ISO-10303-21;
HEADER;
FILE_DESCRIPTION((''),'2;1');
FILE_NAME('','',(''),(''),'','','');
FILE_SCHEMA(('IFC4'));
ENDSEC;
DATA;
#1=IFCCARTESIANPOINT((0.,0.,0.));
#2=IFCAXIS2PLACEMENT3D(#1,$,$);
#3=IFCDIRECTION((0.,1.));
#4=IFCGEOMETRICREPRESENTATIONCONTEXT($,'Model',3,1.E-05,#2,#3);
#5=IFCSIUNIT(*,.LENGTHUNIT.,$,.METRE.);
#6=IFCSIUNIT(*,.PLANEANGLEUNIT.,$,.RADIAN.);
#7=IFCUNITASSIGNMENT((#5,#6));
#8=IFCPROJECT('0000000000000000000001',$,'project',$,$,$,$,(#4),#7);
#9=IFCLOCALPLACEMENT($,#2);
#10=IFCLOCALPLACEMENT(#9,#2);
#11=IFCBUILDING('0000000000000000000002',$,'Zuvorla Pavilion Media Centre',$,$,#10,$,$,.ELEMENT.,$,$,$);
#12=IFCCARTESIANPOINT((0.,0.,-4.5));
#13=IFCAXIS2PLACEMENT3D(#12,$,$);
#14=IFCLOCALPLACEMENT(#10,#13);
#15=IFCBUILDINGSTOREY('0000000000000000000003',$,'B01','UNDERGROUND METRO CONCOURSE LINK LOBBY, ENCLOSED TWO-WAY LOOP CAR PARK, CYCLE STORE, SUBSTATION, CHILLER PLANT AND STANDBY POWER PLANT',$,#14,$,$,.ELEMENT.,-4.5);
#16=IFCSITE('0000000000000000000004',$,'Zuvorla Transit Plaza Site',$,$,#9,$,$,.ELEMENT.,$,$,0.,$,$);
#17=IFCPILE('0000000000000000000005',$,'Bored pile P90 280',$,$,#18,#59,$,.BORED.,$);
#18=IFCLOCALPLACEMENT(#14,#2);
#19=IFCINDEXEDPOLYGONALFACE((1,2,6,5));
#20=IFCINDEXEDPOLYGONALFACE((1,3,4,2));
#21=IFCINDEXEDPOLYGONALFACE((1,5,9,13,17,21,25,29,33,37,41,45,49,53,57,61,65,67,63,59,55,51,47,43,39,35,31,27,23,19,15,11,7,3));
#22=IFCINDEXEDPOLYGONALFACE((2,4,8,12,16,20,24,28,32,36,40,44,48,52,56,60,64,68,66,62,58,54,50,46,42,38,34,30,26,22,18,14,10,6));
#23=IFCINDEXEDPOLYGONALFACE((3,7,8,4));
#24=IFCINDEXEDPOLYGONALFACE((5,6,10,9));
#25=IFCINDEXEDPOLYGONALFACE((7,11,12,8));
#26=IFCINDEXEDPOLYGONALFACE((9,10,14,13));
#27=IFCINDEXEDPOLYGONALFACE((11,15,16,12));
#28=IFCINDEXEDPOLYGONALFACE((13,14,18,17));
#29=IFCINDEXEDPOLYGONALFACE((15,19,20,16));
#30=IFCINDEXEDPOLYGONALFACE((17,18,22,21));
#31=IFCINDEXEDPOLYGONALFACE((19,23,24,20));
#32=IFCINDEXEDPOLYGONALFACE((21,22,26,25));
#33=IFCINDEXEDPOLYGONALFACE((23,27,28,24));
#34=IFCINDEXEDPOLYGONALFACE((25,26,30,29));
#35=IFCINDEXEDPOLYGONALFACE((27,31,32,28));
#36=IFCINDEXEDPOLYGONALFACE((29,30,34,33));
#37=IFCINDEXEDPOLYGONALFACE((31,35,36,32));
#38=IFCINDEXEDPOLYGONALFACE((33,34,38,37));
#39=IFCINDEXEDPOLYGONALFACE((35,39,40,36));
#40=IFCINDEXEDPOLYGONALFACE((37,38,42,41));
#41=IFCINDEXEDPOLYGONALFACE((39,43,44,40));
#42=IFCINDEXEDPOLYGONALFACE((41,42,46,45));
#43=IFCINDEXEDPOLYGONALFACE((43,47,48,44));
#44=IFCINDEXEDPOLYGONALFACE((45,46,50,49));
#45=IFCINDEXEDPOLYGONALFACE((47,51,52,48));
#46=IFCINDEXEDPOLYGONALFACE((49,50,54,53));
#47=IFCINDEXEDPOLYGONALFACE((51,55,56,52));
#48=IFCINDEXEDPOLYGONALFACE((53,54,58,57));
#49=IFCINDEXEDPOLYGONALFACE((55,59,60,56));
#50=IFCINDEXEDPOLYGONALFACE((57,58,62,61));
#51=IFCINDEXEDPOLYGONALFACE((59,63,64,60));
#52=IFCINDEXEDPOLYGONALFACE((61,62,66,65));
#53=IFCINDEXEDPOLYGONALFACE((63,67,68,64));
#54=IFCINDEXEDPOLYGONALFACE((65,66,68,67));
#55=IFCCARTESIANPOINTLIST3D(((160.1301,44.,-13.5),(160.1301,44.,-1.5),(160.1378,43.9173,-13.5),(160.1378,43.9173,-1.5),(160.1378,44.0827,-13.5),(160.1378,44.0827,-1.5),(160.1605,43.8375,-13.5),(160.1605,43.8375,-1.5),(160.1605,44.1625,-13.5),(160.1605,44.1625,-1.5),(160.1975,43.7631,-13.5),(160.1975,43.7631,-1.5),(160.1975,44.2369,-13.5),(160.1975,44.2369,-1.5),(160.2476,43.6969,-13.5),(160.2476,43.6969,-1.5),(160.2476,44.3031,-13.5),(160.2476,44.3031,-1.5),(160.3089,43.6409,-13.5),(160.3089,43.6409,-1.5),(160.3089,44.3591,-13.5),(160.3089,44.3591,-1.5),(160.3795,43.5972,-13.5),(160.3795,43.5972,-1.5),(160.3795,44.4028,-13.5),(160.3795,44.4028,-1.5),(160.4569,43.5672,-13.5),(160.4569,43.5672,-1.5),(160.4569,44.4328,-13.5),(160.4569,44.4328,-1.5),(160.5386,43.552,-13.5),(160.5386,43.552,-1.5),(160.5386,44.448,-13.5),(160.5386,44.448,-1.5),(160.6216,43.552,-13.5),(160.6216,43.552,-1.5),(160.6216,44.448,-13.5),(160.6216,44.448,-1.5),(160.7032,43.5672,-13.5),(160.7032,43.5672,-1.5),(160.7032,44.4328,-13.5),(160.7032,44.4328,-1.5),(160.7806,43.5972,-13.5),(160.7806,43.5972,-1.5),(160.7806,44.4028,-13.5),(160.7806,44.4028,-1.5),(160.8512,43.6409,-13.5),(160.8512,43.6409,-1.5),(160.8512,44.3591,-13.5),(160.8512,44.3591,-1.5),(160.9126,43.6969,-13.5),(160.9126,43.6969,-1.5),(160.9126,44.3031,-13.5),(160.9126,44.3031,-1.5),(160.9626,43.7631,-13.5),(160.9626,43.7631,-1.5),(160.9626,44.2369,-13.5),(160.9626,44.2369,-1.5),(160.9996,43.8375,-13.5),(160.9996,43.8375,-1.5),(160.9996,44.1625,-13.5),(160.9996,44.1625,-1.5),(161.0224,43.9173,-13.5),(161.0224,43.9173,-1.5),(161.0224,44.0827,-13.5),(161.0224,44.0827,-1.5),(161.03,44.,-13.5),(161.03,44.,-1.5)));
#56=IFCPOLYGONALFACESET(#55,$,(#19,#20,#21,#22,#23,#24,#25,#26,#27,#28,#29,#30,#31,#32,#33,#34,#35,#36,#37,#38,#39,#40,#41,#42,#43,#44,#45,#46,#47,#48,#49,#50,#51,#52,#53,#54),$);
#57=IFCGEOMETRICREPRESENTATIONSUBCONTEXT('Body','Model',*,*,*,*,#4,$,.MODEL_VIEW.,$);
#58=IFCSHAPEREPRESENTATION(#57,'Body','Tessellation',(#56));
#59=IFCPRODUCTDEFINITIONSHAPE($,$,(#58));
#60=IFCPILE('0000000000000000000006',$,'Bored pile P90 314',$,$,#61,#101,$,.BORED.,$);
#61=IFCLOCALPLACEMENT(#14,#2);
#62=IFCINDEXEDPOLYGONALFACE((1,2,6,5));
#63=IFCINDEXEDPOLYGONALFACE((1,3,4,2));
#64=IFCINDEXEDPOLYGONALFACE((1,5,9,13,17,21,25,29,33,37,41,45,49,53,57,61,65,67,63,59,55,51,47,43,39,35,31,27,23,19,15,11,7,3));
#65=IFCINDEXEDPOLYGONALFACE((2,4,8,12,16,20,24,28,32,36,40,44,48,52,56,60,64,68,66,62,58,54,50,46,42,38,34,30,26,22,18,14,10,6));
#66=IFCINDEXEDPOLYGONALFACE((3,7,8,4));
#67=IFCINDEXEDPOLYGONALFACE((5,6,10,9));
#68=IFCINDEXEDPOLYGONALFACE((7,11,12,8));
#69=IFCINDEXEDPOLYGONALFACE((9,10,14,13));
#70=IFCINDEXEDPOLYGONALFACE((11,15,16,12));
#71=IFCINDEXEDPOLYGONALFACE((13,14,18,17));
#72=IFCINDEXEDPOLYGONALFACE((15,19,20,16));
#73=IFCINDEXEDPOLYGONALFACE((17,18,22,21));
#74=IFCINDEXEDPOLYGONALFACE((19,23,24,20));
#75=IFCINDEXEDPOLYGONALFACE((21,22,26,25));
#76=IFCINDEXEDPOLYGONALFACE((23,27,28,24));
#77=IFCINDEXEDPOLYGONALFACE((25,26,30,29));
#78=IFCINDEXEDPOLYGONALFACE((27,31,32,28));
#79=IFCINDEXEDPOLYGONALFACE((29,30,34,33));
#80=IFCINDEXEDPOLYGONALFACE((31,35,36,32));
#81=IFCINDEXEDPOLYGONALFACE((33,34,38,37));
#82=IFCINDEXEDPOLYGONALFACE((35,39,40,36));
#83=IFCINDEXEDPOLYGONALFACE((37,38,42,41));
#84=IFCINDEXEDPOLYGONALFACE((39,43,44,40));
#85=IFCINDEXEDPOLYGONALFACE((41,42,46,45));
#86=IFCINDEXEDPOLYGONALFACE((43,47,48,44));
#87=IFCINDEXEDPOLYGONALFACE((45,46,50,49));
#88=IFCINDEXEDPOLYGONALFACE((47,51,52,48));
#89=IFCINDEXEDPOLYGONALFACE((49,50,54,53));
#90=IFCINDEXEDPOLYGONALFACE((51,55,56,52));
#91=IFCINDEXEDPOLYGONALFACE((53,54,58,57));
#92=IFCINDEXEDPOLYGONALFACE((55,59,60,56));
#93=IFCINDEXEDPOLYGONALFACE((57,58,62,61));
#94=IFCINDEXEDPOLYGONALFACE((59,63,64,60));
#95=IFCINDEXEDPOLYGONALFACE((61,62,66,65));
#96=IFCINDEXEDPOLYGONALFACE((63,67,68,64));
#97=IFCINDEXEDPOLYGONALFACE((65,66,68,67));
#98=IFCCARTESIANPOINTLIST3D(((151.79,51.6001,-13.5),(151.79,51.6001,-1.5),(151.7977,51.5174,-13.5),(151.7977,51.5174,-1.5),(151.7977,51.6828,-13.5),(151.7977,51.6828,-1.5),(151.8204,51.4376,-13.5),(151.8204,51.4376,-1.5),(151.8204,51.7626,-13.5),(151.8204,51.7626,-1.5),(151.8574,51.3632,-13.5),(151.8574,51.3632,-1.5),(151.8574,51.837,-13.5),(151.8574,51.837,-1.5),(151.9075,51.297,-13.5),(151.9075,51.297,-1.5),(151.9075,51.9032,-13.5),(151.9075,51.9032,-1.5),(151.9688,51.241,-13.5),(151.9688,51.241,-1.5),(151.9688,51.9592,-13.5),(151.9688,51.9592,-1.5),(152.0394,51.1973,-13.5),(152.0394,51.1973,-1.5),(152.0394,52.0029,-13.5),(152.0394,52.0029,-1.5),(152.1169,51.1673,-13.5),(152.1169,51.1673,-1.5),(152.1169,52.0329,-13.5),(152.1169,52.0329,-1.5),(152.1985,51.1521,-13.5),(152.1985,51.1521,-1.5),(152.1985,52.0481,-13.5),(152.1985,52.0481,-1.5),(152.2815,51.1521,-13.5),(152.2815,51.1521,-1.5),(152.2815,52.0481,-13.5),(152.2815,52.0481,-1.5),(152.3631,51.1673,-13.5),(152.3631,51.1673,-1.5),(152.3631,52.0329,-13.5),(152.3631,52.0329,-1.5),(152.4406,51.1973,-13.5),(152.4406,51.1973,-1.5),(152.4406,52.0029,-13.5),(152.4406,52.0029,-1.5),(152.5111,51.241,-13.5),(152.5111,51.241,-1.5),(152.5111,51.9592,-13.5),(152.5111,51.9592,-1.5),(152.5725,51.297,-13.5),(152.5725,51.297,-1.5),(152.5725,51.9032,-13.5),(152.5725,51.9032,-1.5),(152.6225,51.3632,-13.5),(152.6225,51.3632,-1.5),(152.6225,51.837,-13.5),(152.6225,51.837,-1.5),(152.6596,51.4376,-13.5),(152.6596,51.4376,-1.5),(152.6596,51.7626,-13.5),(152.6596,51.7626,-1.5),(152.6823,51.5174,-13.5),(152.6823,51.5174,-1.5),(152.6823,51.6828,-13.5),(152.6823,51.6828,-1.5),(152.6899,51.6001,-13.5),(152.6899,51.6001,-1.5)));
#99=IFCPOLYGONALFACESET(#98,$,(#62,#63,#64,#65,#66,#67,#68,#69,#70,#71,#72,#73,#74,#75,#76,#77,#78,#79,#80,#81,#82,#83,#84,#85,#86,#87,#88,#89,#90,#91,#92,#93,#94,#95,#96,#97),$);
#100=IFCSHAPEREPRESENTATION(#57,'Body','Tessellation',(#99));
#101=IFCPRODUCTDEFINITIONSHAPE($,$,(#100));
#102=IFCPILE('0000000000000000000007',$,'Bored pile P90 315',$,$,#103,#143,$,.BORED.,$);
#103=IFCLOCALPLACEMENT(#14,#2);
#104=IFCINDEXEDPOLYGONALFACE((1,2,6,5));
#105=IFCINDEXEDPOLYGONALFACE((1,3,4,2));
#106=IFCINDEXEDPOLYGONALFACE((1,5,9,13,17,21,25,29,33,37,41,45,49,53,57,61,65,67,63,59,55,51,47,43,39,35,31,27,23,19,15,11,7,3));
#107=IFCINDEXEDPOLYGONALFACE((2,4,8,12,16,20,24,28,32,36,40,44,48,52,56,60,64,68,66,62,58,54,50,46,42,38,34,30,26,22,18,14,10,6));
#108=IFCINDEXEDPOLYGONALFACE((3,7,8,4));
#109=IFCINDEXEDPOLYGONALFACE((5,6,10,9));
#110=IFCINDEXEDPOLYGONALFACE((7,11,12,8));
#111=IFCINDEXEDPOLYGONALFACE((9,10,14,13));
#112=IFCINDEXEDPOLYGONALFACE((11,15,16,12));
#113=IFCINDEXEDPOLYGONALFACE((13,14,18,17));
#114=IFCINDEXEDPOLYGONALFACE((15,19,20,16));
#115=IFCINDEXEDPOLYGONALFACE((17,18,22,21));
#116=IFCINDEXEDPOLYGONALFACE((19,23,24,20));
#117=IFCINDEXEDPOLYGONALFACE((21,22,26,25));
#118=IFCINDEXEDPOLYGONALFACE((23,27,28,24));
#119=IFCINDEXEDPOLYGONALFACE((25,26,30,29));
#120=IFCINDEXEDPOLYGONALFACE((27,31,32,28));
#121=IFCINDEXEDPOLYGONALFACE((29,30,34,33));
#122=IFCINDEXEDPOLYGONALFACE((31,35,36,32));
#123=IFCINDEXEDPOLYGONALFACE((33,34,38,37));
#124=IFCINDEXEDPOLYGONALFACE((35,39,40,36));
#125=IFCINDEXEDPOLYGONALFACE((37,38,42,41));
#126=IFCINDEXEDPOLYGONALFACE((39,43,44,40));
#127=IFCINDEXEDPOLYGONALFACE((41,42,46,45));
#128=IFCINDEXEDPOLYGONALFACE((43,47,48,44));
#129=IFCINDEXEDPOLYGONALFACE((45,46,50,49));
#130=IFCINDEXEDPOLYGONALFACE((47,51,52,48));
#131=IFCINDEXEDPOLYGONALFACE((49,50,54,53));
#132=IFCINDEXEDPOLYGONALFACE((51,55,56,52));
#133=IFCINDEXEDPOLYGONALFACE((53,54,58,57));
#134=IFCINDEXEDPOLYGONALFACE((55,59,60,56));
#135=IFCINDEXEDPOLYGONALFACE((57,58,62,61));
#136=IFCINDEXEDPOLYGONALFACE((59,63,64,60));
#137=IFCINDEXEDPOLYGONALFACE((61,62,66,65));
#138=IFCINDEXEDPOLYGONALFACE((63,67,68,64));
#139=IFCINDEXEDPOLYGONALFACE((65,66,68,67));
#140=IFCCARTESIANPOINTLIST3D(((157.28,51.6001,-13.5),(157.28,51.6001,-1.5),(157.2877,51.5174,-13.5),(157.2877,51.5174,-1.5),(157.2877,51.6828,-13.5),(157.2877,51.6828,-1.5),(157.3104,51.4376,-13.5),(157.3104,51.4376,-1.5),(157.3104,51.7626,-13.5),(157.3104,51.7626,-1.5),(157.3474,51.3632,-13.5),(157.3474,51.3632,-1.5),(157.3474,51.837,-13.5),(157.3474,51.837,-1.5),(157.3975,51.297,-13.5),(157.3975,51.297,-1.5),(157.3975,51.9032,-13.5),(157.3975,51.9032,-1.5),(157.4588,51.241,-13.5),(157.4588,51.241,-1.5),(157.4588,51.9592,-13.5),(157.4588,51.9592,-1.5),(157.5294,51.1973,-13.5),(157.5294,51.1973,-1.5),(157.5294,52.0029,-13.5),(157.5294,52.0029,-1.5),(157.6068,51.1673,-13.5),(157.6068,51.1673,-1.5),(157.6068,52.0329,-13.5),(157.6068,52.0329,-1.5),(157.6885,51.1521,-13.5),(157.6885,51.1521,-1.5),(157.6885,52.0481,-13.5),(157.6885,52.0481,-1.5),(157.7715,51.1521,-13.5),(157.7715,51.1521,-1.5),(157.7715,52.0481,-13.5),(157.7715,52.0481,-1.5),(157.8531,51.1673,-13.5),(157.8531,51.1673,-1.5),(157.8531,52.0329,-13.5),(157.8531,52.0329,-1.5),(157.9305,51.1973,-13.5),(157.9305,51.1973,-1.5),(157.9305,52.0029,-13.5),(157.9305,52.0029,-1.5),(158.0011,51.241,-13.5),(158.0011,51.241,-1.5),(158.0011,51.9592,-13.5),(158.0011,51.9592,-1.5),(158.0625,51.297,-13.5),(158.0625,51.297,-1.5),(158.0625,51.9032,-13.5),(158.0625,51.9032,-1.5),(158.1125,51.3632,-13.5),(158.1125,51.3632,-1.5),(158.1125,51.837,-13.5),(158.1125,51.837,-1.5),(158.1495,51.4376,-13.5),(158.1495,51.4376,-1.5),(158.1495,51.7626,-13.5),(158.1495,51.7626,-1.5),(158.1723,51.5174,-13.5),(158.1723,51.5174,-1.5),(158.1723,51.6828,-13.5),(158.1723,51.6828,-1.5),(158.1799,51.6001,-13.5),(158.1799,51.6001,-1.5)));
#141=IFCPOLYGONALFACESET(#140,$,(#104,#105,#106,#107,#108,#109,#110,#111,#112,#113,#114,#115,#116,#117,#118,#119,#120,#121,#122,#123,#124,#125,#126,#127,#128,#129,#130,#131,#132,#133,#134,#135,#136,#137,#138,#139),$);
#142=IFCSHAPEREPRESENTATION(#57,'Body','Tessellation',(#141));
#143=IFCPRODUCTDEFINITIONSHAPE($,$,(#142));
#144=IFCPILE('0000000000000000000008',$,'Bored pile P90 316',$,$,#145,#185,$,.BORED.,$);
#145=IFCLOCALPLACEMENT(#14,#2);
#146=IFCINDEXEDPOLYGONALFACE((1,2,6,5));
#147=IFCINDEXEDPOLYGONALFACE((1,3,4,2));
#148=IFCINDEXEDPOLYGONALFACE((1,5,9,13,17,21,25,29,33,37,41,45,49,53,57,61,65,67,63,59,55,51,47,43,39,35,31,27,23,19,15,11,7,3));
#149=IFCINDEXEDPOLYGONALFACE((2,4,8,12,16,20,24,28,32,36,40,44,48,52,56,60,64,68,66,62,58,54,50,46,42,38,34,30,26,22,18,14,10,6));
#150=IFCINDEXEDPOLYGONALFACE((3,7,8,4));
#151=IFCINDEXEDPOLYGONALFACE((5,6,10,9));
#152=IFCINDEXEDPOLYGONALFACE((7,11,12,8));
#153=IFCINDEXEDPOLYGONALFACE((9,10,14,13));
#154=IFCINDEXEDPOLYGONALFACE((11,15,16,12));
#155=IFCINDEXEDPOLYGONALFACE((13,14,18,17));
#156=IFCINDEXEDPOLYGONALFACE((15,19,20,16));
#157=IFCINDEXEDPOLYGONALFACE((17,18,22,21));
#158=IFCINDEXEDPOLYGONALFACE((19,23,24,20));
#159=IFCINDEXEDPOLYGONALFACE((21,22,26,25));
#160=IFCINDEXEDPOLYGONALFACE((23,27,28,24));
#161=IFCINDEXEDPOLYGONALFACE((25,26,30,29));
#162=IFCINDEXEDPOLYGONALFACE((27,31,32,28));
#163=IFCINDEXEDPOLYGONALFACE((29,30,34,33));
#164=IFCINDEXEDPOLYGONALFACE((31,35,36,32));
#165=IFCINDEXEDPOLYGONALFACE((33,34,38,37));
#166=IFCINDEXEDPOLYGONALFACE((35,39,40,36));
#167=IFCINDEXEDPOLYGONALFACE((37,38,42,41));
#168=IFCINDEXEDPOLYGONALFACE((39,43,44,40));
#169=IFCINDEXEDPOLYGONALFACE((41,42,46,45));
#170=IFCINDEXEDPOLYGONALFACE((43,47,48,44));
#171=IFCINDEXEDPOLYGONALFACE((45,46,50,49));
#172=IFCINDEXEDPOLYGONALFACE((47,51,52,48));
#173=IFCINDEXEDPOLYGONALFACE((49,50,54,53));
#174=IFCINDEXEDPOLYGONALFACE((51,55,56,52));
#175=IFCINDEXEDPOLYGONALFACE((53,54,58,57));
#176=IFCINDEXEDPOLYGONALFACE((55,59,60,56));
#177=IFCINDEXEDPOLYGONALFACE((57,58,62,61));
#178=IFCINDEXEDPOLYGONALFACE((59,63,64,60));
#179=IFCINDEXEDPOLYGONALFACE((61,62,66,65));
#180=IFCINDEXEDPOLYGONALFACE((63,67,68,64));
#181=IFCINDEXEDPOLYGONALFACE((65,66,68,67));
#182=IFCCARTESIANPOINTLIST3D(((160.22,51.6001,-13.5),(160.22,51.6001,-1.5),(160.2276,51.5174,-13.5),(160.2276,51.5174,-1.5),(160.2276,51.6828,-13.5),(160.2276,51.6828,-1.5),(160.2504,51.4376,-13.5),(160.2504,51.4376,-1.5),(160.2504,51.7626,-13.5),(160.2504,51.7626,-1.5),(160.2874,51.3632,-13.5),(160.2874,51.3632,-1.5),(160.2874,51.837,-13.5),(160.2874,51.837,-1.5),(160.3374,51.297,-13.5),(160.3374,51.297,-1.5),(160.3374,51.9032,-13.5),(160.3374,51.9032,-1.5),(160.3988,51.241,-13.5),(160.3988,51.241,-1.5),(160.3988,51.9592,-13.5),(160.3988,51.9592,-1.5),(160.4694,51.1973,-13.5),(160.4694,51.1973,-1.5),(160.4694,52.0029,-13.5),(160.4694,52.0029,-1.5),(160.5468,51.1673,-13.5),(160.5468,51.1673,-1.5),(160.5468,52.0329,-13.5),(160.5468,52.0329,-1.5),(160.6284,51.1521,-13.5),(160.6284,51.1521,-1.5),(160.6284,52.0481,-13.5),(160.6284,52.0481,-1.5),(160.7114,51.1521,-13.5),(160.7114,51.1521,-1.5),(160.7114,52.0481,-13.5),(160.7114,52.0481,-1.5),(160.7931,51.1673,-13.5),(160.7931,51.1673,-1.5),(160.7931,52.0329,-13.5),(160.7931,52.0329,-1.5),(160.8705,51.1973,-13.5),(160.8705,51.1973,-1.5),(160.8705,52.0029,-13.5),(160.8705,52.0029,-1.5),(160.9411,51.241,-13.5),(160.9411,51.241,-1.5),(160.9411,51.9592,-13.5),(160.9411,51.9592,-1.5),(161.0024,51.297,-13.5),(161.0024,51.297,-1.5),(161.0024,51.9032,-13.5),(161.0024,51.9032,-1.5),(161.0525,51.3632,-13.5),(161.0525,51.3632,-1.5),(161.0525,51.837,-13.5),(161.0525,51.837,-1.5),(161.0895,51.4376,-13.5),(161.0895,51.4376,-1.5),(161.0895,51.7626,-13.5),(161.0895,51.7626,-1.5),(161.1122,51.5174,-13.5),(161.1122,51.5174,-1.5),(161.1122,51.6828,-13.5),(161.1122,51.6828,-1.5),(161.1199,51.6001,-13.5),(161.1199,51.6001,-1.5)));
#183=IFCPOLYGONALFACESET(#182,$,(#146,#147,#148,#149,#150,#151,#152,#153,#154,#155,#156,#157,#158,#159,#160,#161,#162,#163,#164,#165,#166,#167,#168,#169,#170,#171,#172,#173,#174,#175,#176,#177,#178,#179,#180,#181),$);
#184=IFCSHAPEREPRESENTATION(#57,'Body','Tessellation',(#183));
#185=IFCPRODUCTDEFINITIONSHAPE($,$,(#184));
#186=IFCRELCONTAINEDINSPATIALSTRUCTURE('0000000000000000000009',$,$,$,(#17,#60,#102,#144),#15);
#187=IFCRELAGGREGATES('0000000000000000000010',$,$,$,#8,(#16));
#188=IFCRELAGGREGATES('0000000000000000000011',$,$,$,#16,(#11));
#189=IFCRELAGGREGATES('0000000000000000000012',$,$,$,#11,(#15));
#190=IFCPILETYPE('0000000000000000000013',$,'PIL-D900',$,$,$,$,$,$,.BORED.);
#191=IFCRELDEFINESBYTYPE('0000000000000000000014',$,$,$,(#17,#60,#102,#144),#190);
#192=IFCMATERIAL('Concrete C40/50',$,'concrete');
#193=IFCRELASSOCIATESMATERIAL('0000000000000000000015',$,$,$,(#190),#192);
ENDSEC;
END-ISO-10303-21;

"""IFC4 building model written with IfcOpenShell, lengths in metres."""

from ifc_helpers import new_model, si_unit, direction, frame, origin, origin_2d, place, context, subcontext, project, spatial, circle, extrude, material, material_profile, profile_set, type_object, element, save


model = new_model("IFC4")

# Units and contexts
model_context = context("Model", 3, precision=1e-05, world=origin(), true_north=direction((0.0, 1.0)))
body_context = subcontext(model_context, "Body", "Model", "MODEL_VIEW")
ifc_project = project(units=[si_unit("LENGTHUNIT", "METRE"), si_unit("PLANEANGLEUNIT", "RADIAN")], contexts=[model_context])

# Site, building, storey
site_placement = place(None, origin())
site = spatial("IfcSite", under=ifc_project, at=site_placement, Name="Zuvorla Transit Plaza Site", CompositionType="ELEMENT", RefElevation=0.0)
building_placement = place(site_placement, origin())
building = spatial("IfcBuilding", under=site, at=building_placement, Name="Zuvorla Pavilion Media Centre", CompositionType="ELEMENT")
storey_placement = place(building_placement, frame((0.0, 0.0, -4.5)))
storey = spatial("IfcBuildingStorey", under=building, at=storey_placement, Name="B01", Description="UNDERGROUND METRO CONCOURSE LINK LOBBY, ENCLOSED TWO-WAY LOOP CAR PARK, CYCLE STORE, SUBSTATION, CHILLER PLANT AND STANDBY POWER PLANT", CompositionType="ELEMENT", Elevation=-4.5)

# Shared definitions
ifc_material = material(Name="Concrete C40/50", Category="concrete")

# Piles
ifc_material_profile_1 = material_profile(ifc_material, circle(Radius=0.45, at=origin_2d()), Name="BORED PILE 900")
ifc_profile_set_1 = profile_set([ifc_material_profile_1], Name="Concrete C40/50")
pile_type = type_object("IfcPileType", Name="PIL-D900", PredefinedType="BORED", material=ifc_profile_set_1)
for number, where, z_axis, x_axis, name in (
    (1, (160.5801, 44.0, -1.5), (0.0, 0.0, -1.0), (1.0, 0.0, 0.0), "Bored pile P90 280"),
    (2, (152.24, 51.6001, -1.5), (0.0, 0.0, -1.0), (1.0, 0.0, 0.0), "Bored pile P90 314"),
    (3, (157.73, 51.6001, -1.5), (0.0, 0.0, -1.0), (1.0, 0.0, 0.0), "Bored pile P90 315"),
    (4, (160.6699, 51.6001, -1.5), (0.0, 0.0, -1.0), (1.0, 0.0, 0.0), "Bored pile P90 316"),
):
    element("IfcPile", number, at=place(storey_placement, frame(where, z_axis=z_axis, x_axis=x_axis)), inside=storey, type_object=pile_type, Name=name, PredefinedType="BORED", context=body_context, shape_type="SweptSolid", body=[
        extrude(circle(Radius=0.45, at=origin_2d()), origin(), (0.0, 0.0, 1.0), 12.0),
    ])

save(model, "model.ifc")
